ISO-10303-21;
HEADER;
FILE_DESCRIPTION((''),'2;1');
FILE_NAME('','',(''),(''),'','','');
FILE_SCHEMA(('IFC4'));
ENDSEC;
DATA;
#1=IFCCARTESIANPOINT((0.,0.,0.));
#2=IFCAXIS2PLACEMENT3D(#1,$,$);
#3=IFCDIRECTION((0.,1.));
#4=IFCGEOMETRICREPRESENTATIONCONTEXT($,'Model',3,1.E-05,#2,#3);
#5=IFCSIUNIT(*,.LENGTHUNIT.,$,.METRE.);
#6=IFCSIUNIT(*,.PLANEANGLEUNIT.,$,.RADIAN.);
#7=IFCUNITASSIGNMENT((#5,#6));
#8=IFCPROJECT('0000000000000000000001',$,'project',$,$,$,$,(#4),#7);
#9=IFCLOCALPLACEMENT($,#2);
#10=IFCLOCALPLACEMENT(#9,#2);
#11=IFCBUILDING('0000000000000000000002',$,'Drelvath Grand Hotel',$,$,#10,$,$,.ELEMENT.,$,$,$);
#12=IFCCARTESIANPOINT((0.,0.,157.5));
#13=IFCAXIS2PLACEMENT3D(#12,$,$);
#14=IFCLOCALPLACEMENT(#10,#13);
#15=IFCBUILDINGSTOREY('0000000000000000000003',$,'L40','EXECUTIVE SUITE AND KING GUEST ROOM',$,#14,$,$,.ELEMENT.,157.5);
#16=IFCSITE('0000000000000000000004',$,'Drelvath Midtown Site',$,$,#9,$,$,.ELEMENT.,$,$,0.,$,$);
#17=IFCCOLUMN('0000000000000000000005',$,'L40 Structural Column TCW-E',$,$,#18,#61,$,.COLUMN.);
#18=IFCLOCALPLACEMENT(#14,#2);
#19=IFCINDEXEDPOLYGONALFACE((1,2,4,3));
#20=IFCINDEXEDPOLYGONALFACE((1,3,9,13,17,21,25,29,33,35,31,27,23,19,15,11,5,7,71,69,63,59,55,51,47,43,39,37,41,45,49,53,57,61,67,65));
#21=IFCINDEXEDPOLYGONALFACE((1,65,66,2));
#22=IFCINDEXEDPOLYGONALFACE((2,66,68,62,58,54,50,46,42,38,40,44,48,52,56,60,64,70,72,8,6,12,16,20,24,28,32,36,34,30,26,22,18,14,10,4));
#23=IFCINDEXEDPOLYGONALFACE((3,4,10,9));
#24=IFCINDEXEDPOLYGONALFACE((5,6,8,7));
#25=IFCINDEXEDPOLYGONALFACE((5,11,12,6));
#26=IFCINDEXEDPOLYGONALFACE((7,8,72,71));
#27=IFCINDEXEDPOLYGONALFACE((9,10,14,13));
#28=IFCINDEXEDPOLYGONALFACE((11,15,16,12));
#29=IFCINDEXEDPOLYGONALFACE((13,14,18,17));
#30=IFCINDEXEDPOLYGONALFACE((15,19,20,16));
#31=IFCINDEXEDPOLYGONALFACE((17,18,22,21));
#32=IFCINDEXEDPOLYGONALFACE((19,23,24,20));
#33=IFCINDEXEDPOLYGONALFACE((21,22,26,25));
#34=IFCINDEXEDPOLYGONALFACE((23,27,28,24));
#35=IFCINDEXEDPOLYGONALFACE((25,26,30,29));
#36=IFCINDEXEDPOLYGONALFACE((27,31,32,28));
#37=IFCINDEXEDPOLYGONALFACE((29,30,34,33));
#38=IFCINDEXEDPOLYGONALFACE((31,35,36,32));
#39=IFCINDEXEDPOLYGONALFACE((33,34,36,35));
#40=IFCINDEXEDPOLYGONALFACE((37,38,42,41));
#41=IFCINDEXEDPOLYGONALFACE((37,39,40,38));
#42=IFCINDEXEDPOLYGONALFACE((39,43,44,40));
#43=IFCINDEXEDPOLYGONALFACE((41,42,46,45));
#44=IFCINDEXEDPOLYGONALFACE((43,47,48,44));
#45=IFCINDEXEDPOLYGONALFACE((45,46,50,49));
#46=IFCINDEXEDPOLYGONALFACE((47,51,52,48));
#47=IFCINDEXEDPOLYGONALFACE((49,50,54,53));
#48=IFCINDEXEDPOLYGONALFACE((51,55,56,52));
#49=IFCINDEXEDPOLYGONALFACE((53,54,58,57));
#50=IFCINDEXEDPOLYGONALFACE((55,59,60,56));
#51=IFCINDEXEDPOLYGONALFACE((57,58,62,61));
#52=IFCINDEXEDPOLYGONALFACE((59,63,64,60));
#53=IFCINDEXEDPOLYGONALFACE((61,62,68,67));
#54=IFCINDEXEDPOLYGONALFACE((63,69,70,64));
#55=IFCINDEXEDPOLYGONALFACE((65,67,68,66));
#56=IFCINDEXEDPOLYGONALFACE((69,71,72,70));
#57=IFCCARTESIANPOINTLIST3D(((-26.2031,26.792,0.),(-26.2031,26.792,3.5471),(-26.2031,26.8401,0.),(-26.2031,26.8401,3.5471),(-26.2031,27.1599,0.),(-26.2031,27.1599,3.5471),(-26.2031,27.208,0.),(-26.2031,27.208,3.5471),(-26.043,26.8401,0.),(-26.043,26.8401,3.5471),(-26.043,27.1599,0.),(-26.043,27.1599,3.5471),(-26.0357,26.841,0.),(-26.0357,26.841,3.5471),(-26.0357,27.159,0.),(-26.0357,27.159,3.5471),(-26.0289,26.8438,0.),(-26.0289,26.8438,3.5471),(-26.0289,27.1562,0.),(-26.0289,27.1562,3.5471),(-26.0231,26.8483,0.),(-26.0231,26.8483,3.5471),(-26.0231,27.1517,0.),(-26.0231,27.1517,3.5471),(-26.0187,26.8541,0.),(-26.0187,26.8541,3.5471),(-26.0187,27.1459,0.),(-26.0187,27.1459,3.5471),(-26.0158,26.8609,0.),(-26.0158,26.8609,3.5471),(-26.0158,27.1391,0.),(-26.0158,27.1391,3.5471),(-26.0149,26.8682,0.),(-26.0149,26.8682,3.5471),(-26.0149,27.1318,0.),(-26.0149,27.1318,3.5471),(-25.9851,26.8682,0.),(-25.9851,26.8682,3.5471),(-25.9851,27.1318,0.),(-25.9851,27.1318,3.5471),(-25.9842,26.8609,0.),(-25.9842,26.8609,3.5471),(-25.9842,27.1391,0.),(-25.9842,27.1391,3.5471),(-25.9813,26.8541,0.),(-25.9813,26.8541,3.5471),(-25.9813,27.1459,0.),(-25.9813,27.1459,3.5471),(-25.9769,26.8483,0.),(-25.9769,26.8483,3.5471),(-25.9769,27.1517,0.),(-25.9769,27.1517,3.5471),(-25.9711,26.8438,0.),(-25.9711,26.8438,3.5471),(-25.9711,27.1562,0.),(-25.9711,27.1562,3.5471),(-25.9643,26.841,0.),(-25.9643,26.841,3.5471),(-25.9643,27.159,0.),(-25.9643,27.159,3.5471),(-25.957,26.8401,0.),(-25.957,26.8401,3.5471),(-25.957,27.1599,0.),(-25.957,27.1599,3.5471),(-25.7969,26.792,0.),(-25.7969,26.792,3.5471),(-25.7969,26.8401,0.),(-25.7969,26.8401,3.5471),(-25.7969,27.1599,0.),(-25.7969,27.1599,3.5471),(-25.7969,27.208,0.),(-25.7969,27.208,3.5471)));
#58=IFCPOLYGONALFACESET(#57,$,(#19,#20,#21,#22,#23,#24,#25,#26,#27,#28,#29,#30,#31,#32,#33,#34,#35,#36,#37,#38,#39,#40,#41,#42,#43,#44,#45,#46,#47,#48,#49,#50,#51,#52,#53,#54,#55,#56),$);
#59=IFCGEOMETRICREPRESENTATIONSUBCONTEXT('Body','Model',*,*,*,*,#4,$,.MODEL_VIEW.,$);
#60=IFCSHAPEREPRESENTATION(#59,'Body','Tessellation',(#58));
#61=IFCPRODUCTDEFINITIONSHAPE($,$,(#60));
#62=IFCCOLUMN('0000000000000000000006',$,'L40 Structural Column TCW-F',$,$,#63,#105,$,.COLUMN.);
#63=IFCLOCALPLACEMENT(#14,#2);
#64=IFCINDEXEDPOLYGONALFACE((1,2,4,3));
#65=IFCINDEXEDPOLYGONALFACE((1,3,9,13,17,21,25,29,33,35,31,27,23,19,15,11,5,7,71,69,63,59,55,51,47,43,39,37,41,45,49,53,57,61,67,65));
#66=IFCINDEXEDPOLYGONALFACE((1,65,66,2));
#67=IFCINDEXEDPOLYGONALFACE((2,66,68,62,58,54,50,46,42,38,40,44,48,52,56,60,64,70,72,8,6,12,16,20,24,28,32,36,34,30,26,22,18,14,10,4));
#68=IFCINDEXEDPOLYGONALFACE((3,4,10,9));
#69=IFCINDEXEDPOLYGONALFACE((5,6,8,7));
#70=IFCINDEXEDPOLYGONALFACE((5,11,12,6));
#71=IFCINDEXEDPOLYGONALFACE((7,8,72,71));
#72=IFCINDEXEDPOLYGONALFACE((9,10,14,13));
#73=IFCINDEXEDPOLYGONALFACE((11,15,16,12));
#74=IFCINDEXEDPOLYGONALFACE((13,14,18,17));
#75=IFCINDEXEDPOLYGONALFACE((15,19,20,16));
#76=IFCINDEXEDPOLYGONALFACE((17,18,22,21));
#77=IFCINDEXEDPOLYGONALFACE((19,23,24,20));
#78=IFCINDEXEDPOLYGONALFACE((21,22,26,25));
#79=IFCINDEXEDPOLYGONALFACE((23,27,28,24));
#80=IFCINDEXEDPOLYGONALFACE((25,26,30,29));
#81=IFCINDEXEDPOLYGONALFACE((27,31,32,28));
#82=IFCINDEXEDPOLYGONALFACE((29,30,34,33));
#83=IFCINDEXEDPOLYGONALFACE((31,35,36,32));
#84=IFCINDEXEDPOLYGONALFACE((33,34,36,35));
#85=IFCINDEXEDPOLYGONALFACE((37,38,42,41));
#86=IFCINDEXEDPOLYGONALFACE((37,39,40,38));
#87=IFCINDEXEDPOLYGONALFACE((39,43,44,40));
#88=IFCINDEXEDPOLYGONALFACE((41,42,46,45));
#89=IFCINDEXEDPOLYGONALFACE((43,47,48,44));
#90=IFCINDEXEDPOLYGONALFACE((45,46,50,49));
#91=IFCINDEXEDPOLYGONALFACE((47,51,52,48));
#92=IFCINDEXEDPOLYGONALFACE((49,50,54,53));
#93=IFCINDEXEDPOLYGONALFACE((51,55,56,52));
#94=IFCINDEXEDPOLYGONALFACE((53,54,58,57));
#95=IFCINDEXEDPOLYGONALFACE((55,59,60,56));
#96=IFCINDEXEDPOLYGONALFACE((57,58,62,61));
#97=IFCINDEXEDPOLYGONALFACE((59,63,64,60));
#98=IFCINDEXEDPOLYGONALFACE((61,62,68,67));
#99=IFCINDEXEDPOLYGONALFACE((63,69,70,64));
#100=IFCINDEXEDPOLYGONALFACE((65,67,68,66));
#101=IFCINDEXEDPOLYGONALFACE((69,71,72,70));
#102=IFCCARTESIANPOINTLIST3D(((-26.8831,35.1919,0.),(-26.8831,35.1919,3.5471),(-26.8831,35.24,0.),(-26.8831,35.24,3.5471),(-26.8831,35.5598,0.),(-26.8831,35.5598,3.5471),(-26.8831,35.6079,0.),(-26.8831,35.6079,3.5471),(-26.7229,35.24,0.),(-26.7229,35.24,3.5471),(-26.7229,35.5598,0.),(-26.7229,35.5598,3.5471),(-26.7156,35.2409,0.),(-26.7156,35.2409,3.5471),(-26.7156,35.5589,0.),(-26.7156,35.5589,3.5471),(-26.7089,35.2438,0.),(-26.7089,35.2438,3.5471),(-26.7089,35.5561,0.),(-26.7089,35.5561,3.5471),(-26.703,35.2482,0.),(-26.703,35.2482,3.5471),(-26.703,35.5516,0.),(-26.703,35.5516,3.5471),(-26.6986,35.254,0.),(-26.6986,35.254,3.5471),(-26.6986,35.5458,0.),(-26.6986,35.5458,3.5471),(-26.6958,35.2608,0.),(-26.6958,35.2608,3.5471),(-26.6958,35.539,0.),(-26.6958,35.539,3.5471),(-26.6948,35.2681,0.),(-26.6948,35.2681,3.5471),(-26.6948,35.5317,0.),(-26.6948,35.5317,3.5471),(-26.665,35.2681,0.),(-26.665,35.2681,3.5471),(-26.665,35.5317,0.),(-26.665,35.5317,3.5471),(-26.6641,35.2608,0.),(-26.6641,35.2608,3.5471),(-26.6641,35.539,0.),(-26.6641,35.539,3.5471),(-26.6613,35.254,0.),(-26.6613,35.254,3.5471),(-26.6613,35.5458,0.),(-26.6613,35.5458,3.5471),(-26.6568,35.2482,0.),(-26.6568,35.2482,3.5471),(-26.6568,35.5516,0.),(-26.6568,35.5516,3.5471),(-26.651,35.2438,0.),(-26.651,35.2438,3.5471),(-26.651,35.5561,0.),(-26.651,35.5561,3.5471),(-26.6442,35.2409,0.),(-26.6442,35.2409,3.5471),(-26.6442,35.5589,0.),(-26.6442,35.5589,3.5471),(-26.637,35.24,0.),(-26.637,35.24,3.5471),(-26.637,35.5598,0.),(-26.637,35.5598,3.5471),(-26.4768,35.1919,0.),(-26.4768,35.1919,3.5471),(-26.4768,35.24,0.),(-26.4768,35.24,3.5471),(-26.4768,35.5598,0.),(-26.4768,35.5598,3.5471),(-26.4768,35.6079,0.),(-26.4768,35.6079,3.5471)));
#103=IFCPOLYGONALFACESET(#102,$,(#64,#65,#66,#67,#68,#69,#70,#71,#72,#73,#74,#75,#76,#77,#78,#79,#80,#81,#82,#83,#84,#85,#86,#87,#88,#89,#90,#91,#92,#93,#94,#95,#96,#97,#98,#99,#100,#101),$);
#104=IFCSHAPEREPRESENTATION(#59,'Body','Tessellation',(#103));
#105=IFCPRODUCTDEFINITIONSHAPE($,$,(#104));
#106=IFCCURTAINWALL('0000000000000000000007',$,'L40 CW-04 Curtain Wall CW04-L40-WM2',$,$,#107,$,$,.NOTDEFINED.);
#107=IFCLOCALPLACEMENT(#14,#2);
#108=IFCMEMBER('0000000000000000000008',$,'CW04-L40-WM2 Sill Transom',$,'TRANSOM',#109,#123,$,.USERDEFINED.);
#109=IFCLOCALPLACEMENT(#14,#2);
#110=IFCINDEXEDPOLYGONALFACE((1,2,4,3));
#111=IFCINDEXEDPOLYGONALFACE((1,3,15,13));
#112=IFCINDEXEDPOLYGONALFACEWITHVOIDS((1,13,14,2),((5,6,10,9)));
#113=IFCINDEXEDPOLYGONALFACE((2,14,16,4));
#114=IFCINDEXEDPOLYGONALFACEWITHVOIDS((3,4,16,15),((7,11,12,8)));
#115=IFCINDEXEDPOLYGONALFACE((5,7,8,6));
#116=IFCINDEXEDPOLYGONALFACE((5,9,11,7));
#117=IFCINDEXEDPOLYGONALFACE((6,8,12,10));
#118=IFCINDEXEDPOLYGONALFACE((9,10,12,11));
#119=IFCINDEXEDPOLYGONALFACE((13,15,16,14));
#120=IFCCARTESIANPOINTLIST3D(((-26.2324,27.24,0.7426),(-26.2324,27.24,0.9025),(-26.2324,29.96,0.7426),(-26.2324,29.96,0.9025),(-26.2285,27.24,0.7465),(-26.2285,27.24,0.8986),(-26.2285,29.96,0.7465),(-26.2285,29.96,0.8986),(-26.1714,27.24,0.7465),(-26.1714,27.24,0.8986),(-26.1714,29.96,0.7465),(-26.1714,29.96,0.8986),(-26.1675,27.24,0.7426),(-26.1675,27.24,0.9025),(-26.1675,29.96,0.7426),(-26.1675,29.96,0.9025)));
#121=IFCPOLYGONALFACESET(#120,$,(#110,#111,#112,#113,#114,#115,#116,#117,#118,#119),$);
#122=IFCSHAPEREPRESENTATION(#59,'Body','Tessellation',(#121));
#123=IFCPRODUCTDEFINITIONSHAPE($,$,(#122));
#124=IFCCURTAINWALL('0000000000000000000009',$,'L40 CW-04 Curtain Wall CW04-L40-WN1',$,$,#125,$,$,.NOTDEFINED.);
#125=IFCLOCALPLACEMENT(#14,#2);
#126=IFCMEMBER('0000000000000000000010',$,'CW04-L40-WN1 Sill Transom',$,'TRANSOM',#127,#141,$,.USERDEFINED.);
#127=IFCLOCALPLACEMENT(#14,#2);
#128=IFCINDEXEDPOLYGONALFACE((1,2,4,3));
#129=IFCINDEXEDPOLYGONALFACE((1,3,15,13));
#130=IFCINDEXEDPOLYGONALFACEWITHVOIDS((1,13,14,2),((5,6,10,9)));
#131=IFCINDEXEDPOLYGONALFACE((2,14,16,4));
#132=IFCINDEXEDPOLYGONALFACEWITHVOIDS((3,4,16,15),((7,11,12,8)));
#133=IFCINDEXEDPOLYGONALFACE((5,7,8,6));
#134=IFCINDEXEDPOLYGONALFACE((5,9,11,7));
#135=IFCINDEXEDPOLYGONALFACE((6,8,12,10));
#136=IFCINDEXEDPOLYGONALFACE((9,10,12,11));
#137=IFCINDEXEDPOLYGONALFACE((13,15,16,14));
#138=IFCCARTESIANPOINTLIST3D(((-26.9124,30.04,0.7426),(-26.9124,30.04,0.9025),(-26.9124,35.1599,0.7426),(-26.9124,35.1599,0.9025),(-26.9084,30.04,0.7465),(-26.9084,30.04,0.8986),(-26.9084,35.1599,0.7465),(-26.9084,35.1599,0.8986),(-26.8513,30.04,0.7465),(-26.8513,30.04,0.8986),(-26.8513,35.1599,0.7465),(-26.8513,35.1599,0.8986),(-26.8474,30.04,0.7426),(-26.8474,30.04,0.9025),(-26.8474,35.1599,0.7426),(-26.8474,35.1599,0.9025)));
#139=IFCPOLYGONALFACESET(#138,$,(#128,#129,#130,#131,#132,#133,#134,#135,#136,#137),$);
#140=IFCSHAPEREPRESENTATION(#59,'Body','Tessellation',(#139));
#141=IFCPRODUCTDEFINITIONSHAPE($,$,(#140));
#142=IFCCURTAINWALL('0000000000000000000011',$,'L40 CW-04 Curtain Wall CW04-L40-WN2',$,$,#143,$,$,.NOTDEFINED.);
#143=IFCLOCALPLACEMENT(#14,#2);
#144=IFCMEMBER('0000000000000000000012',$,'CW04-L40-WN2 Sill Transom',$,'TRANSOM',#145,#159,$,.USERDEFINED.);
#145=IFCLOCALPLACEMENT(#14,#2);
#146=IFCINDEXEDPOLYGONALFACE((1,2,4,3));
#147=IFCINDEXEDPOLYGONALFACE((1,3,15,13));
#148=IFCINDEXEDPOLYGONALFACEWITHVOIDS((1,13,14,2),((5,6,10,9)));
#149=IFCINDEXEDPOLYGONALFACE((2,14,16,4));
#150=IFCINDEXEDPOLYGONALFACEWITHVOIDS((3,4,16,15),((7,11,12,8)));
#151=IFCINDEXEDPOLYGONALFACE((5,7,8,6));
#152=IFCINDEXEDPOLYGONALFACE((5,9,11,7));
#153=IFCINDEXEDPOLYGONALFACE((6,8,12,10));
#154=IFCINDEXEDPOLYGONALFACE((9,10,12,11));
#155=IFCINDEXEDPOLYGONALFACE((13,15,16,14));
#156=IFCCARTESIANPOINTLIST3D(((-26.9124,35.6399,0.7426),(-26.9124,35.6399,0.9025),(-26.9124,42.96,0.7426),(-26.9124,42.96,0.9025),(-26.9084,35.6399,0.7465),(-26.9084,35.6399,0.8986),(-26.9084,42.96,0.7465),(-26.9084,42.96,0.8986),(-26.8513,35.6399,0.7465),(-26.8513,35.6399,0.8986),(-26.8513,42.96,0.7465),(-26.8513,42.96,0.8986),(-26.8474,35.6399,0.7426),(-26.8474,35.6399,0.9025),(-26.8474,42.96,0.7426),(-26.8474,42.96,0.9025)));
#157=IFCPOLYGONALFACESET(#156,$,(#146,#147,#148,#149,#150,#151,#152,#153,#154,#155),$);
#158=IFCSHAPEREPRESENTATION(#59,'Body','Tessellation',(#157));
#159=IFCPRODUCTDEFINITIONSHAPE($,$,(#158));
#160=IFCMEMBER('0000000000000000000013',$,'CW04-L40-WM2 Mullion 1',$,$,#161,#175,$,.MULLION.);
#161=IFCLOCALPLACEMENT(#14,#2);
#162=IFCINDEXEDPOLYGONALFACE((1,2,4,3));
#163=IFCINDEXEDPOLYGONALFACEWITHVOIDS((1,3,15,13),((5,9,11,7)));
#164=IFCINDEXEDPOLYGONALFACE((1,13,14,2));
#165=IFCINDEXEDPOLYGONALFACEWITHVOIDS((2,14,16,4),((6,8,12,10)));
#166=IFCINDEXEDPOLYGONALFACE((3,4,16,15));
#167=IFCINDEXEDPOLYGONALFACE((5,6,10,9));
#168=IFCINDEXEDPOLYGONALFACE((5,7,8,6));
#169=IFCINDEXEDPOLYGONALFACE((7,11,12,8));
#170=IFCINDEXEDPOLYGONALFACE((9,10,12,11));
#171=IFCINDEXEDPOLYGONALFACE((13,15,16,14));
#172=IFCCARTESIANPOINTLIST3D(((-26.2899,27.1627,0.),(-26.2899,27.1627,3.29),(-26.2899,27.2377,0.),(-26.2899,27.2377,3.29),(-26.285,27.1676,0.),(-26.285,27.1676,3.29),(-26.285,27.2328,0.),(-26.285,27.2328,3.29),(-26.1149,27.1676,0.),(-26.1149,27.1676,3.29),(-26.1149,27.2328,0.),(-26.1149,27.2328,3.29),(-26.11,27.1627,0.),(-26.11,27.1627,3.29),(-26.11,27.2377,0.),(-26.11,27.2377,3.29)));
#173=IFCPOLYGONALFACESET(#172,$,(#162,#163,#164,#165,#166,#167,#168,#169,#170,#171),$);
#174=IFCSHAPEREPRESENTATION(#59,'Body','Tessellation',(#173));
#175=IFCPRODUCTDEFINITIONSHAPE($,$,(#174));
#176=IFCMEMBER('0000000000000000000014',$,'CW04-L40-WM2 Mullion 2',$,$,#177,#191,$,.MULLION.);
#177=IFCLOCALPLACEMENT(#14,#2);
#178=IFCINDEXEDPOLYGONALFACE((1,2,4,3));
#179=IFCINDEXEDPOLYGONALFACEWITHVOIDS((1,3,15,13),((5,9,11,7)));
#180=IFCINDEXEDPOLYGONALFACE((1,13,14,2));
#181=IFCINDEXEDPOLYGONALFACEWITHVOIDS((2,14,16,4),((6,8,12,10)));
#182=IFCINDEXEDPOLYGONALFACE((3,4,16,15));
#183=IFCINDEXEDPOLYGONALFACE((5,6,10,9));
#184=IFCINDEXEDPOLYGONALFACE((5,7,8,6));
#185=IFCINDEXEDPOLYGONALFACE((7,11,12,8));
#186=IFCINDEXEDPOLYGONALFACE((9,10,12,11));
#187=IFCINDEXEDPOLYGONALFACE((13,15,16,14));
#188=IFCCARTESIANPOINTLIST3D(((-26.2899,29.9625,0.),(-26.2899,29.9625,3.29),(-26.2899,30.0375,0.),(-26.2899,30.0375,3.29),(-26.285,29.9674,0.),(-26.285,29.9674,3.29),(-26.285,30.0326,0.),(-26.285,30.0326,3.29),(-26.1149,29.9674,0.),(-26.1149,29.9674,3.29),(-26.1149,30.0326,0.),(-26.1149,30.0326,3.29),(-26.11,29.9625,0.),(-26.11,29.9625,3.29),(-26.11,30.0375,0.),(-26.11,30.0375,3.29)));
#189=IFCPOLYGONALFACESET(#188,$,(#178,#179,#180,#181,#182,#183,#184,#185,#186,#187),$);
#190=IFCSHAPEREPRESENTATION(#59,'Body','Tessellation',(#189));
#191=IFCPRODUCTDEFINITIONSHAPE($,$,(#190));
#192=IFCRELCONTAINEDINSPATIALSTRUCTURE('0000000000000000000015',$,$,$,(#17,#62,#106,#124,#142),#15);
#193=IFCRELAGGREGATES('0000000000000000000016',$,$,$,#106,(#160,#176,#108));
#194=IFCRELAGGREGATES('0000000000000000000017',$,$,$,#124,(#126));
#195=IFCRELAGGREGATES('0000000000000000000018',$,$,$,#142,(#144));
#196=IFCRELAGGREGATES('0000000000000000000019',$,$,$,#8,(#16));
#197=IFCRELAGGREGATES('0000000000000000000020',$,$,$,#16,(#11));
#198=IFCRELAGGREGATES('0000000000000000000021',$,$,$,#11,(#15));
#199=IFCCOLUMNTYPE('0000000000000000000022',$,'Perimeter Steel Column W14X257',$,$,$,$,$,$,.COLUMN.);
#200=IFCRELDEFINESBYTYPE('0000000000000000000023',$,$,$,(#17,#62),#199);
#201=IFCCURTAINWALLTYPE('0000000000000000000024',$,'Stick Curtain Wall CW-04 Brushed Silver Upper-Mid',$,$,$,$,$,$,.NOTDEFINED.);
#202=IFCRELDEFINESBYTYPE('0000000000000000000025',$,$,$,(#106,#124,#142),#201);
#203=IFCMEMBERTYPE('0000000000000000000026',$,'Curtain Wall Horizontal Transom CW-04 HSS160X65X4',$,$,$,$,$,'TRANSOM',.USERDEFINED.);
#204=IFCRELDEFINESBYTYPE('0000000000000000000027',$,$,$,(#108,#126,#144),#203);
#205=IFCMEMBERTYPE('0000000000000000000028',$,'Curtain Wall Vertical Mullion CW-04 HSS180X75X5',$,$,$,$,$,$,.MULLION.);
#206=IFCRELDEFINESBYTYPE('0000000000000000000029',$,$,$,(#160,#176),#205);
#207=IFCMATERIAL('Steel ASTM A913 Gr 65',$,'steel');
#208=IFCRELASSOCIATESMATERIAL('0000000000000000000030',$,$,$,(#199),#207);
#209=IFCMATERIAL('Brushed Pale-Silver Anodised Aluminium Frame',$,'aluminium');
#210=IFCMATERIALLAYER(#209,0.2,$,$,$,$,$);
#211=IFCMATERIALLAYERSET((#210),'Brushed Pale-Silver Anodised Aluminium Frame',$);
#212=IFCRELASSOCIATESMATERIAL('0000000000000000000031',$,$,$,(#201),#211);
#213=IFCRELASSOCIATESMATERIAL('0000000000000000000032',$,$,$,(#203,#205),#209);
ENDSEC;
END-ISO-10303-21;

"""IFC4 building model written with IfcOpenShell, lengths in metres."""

from ifc_helpers import new_model, si_unit, direction, frame, origin, origin_2d, place, context, subcontext, project, spatial, hollow_rectangle, i_section, extrude, material, layer, layer_set, material_profile, profile_set, type_object, element, aggregate, save


model = new_model("IFC4")

# Units and contexts
model_context = context("Model", 3, precision=1e-05, world=origin(), true_north=direction((0.0, 1.0)))
body_context = subcontext(model_context, "Body", "Model", "MODEL_VIEW")
ifc_project = project(units=[si_unit("LENGTHUNIT", "METRE"), si_unit("PLANEANGLEUNIT", "RADIAN")], contexts=[model_context])

# Site, building, storey
site_placement = place(None, origin())
site = spatial("IfcSite", under=ifc_project, at=site_placement, Name="Drelvath Midtown Site", CompositionType="ELEMENT", RefElevation=0.0)
building_placement = place(site_placement, origin())
building = spatial("IfcBuilding", under=site, at=building_placement, Name="Drelvath Grand Hotel", CompositionType="ELEMENT")
storey_placement = place(building_placement, frame((0.0, 0.0, 157.5)))
storey = spatial("IfcBuildingStorey", under=building, at=storey_placement, Name="L40", Description="EXECUTIVE SUITE AND KING GUEST ROOM", CompositionType="ELEMENT", Elevation=157.5)

# Columns
ifc_material_1 = material(Name="Steel ASTM A913 Gr 65", Category="steel")
ifc_material_profile_1 = material_profile(ifc_material_1, i_section(OverallWidth=0.4062, OverallDepth=0.416, WebThickness=0.0298, FlangeThickness=0.0481, FilletRadius=0.0281, at=origin_2d()), Name="W14X257")
ifc_profile_set_1 = profile_set([ifc_material_profile_1], Name="Steel ASTM A913 Gr 65")
column_type = type_object("IfcColumnType", Name="Perimeter Steel Column W14X257", PredefinedType="COLUMN", material=ifc_profile_set_1)
for number, where, z_axis, x_axis, name in (
    (1, (-26.0, 27.0, 0.0), (0.0, 0.0, 1.0), (1.0, 0.0, 0.0), "L40 Structural Column TCW-E"),
    (2, (-26.6799, 35.3999, 0.0), (0.0, 0.0, 1.0), (1.0, 0.0, 0.0), "L40 Structural Column TCW-F"),
):
    element("IfcColumn", number, at=place(storey_placement, frame(where, z_axis=z_axis, x_axis=x_axis)), inside=storey, type_object=column_type, Name=name, PredefinedType="COLUMN", context=body_context, shape_type="SweptSolid", body=[
        extrude(i_section(OverallWidth=0.4062, OverallDepth=0.416, WebThickness=0.0298, FlangeThickness=0.0481, FilletRadius=0.0281, at=origin_2d()), origin(), (0.0, 0.0, 1.0), 3.5471),
    ])

# Curtain walls, members
ifc_material_2 = material(Name="Brushed Pale-Silver Anodised Aluminium Frame", Category="aluminium")
ifc_layer_1 = layer(ifc_material_2, 0.2)
ifc_layer_set_1 = layer_set([ifc_layer_1], Name="Brushed Pale-Silver Anodised Aluminium Frame")
curtain_wall_type = type_object("IfcCurtainWallType", Name="Stick Curtain Wall CW-04 Brushed Silver Upper-Mid", PredefinedType="NOTDEFINED", material=ifc_layer_set_1)
curtain_wall_1_placement = place(storey_placement, origin())
curtain_wall_1 = element("IfcCurtainWall", 3, at=curtain_wall_1_placement, inside=storey, type_object=curtain_wall_type, Name="L40 CW-04 Curtain Wall CW04-L40-WM2", PredefinedType="NOTDEFINED")
ifc_material_profile_2 = material_profile(ifc_material_2, hollow_rectangle(XDim=0.0649, YDim=0.1599, WallThickness=0.0039, at=origin_2d()), Name="HSS160X65X4")
ifc_profile_set_2 = profile_set([ifc_material_profile_2], Name="Brushed Pale-Silver Anodised Aluminium Frame")
member_type_1 = type_object("IfcMemberType", Name="Curtain Wall Horizontal Transom CW-04 HSS160X65X4", ElementType="TRANSOM", PredefinedType="USERDEFINED", material=ifc_profile_set_2)
member_1_placement = place(storey_placement, frame((-26.2, 27.24, 0.8225), z_axis=(0.0, 1.0, 0.0), x_axis=(-1.0, 0.0, 0.0)))
member_1 = element("IfcMember", 4, at=member_1_placement, type_object=member_type_1, Name="CW04-L40-WM2 Sill Transom", ObjectType="TRANSOM", PredefinedType="USERDEFINED", context=body_context, shape_type="SweptSolid", body=[
    extrude(hollow_rectangle(XDim=0.0649, YDim=0.1599, WallThickness=0.0039, at=origin_2d()), origin(), (0.0, 0.0, 1.0), 2.72),
])
curtain_wall_2_placement = place(storey_placement, origin())
curtain_wall_2 = element("IfcCurtainWall", 5, at=curtain_wall_2_placement, inside=storey, type_object=curtain_wall_type, Name="L40 CW-04 Curtain Wall CW04-L40-WN1", PredefinedType="NOTDEFINED")
member_2_placement = place(storey_placement, frame((-26.8799, 30.04, 0.8225), z_axis=(0.0, 1.0, 0.0), x_axis=(-1.0, 0.0, 0.0)))
member_2 = element("IfcMember", 6, at=member_2_placement, type_object=member_type_1, Name="CW04-L40-WN1 Sill Transom", ObjectType="TRANSOM", PredefinedType="USERDEFINED", context=body_context, shape_type="SweptSolid", body=[
    extrude(hollow_rectangle(XDim=0.0649, YDim=0.1599, WallThickness=0.0039, at=origin_2d()), origin(), (0.0, 0.0, 1.0), 5.1199),
])
curtain_wall_3_placement = place(storey_placement, origin())
curtain_wall_3 = element("IfcCurtainWall", 7, at=curtain_wall_3_placement, inside=storey, type_object=curtain_wall_type, Name="L40 CW-04 Curtain Wall CW04-L40-WN2", PredefinedType="NOTDEFINED")
member_3_placement = place(storey_placement, frame((-26.8799, 35.6399, 0.8225), z_axis=(0.0, 1.0, 0.0), x_axis=(-1.0, 0.0, 0.0)))
member_3 = element("IfcMember", 8, at=member_3_placement, type_object=member_type_1, Name="CW04-L40-WN2 Sill Transom", ObjectType="TRANSOM", PredefinedType="USERDEFINED", context=body_context, shape_type="SweptSolid", body=[
    extrude(hollow_rectangle(XDim=0.0649, YDim=0.1599, WallThickness=0.0039, at=origin_2d()), origin(), (0.0, 0.0, 1.0), 7.3201),
])

# Members
ifc_material_profile_3 = material_profile(ifc_material_2, hollow_rectangle(XDim=0.075, YDim=0.1799, WallThickness=0.0049, at=origin_2d()), Name="HSS180X75X5")
ifc_profile_set_3 = profile_set([ifc_material_profile_3], Name="Brushed Pale-Silver Anodised Aluminium Frame")
member_type_2 = type_object("IfcMemberType", Name="Curtain Wall Vertical Mullion CW-04 HSS180X75X5", PredefinedType="MULLION", material=ifc_profile_set_3)
member_4_placement = place(storey_placement, frame((-26.2, 27.2002, 0.0), z_axis=(0.0, 0.0, 1.0), x_axis=(0.0, 1.0, 0.0)))
member_4 = element("IfcMember", 9, at=member_4_placement, type_object=member_type_2, Name="CW04-L40-WM2 Mullion 1", PredefinedType="MULLION", context=body_context, shape_type="SweptSolid", body=[
    extrude(hollow_rectangle(XDim=0.075, YDim=0.1799, WallThickness=0.0049, at=origin_2d()), origin(), (0.0, 0.0, 1.0), 3.29),
])
member_5_placement = place(storey_placement, frame((-26.2, 30.0, 0.0), z_axis=(0.0, 0.0, 1.0), x_axis=(0.0, 1.0, 0.0)))
member_5 = element("IfcMember", 10, at=member_5_placement, type_object=member_type_2, Name="CW04-L40-WM2 Mullion 2", PredefinedType="MULLION", context=body_context, shape_type="SweptSolid", body=[
    extrude(hollow_rectangle(XDim=0.075, YDim=0.1799, WallThickness=0.0049, at=origin_2d()), origin(), (0.0, 0.0, 1.0), 3.29),
])

aggregate(curtain_wall_1, [member_4, member_5, member_1])
aggregate(curtain_wall_2, [member_2])
aggregate(curtain_wall_3, [member_3])

save(model, "model.ifc")
